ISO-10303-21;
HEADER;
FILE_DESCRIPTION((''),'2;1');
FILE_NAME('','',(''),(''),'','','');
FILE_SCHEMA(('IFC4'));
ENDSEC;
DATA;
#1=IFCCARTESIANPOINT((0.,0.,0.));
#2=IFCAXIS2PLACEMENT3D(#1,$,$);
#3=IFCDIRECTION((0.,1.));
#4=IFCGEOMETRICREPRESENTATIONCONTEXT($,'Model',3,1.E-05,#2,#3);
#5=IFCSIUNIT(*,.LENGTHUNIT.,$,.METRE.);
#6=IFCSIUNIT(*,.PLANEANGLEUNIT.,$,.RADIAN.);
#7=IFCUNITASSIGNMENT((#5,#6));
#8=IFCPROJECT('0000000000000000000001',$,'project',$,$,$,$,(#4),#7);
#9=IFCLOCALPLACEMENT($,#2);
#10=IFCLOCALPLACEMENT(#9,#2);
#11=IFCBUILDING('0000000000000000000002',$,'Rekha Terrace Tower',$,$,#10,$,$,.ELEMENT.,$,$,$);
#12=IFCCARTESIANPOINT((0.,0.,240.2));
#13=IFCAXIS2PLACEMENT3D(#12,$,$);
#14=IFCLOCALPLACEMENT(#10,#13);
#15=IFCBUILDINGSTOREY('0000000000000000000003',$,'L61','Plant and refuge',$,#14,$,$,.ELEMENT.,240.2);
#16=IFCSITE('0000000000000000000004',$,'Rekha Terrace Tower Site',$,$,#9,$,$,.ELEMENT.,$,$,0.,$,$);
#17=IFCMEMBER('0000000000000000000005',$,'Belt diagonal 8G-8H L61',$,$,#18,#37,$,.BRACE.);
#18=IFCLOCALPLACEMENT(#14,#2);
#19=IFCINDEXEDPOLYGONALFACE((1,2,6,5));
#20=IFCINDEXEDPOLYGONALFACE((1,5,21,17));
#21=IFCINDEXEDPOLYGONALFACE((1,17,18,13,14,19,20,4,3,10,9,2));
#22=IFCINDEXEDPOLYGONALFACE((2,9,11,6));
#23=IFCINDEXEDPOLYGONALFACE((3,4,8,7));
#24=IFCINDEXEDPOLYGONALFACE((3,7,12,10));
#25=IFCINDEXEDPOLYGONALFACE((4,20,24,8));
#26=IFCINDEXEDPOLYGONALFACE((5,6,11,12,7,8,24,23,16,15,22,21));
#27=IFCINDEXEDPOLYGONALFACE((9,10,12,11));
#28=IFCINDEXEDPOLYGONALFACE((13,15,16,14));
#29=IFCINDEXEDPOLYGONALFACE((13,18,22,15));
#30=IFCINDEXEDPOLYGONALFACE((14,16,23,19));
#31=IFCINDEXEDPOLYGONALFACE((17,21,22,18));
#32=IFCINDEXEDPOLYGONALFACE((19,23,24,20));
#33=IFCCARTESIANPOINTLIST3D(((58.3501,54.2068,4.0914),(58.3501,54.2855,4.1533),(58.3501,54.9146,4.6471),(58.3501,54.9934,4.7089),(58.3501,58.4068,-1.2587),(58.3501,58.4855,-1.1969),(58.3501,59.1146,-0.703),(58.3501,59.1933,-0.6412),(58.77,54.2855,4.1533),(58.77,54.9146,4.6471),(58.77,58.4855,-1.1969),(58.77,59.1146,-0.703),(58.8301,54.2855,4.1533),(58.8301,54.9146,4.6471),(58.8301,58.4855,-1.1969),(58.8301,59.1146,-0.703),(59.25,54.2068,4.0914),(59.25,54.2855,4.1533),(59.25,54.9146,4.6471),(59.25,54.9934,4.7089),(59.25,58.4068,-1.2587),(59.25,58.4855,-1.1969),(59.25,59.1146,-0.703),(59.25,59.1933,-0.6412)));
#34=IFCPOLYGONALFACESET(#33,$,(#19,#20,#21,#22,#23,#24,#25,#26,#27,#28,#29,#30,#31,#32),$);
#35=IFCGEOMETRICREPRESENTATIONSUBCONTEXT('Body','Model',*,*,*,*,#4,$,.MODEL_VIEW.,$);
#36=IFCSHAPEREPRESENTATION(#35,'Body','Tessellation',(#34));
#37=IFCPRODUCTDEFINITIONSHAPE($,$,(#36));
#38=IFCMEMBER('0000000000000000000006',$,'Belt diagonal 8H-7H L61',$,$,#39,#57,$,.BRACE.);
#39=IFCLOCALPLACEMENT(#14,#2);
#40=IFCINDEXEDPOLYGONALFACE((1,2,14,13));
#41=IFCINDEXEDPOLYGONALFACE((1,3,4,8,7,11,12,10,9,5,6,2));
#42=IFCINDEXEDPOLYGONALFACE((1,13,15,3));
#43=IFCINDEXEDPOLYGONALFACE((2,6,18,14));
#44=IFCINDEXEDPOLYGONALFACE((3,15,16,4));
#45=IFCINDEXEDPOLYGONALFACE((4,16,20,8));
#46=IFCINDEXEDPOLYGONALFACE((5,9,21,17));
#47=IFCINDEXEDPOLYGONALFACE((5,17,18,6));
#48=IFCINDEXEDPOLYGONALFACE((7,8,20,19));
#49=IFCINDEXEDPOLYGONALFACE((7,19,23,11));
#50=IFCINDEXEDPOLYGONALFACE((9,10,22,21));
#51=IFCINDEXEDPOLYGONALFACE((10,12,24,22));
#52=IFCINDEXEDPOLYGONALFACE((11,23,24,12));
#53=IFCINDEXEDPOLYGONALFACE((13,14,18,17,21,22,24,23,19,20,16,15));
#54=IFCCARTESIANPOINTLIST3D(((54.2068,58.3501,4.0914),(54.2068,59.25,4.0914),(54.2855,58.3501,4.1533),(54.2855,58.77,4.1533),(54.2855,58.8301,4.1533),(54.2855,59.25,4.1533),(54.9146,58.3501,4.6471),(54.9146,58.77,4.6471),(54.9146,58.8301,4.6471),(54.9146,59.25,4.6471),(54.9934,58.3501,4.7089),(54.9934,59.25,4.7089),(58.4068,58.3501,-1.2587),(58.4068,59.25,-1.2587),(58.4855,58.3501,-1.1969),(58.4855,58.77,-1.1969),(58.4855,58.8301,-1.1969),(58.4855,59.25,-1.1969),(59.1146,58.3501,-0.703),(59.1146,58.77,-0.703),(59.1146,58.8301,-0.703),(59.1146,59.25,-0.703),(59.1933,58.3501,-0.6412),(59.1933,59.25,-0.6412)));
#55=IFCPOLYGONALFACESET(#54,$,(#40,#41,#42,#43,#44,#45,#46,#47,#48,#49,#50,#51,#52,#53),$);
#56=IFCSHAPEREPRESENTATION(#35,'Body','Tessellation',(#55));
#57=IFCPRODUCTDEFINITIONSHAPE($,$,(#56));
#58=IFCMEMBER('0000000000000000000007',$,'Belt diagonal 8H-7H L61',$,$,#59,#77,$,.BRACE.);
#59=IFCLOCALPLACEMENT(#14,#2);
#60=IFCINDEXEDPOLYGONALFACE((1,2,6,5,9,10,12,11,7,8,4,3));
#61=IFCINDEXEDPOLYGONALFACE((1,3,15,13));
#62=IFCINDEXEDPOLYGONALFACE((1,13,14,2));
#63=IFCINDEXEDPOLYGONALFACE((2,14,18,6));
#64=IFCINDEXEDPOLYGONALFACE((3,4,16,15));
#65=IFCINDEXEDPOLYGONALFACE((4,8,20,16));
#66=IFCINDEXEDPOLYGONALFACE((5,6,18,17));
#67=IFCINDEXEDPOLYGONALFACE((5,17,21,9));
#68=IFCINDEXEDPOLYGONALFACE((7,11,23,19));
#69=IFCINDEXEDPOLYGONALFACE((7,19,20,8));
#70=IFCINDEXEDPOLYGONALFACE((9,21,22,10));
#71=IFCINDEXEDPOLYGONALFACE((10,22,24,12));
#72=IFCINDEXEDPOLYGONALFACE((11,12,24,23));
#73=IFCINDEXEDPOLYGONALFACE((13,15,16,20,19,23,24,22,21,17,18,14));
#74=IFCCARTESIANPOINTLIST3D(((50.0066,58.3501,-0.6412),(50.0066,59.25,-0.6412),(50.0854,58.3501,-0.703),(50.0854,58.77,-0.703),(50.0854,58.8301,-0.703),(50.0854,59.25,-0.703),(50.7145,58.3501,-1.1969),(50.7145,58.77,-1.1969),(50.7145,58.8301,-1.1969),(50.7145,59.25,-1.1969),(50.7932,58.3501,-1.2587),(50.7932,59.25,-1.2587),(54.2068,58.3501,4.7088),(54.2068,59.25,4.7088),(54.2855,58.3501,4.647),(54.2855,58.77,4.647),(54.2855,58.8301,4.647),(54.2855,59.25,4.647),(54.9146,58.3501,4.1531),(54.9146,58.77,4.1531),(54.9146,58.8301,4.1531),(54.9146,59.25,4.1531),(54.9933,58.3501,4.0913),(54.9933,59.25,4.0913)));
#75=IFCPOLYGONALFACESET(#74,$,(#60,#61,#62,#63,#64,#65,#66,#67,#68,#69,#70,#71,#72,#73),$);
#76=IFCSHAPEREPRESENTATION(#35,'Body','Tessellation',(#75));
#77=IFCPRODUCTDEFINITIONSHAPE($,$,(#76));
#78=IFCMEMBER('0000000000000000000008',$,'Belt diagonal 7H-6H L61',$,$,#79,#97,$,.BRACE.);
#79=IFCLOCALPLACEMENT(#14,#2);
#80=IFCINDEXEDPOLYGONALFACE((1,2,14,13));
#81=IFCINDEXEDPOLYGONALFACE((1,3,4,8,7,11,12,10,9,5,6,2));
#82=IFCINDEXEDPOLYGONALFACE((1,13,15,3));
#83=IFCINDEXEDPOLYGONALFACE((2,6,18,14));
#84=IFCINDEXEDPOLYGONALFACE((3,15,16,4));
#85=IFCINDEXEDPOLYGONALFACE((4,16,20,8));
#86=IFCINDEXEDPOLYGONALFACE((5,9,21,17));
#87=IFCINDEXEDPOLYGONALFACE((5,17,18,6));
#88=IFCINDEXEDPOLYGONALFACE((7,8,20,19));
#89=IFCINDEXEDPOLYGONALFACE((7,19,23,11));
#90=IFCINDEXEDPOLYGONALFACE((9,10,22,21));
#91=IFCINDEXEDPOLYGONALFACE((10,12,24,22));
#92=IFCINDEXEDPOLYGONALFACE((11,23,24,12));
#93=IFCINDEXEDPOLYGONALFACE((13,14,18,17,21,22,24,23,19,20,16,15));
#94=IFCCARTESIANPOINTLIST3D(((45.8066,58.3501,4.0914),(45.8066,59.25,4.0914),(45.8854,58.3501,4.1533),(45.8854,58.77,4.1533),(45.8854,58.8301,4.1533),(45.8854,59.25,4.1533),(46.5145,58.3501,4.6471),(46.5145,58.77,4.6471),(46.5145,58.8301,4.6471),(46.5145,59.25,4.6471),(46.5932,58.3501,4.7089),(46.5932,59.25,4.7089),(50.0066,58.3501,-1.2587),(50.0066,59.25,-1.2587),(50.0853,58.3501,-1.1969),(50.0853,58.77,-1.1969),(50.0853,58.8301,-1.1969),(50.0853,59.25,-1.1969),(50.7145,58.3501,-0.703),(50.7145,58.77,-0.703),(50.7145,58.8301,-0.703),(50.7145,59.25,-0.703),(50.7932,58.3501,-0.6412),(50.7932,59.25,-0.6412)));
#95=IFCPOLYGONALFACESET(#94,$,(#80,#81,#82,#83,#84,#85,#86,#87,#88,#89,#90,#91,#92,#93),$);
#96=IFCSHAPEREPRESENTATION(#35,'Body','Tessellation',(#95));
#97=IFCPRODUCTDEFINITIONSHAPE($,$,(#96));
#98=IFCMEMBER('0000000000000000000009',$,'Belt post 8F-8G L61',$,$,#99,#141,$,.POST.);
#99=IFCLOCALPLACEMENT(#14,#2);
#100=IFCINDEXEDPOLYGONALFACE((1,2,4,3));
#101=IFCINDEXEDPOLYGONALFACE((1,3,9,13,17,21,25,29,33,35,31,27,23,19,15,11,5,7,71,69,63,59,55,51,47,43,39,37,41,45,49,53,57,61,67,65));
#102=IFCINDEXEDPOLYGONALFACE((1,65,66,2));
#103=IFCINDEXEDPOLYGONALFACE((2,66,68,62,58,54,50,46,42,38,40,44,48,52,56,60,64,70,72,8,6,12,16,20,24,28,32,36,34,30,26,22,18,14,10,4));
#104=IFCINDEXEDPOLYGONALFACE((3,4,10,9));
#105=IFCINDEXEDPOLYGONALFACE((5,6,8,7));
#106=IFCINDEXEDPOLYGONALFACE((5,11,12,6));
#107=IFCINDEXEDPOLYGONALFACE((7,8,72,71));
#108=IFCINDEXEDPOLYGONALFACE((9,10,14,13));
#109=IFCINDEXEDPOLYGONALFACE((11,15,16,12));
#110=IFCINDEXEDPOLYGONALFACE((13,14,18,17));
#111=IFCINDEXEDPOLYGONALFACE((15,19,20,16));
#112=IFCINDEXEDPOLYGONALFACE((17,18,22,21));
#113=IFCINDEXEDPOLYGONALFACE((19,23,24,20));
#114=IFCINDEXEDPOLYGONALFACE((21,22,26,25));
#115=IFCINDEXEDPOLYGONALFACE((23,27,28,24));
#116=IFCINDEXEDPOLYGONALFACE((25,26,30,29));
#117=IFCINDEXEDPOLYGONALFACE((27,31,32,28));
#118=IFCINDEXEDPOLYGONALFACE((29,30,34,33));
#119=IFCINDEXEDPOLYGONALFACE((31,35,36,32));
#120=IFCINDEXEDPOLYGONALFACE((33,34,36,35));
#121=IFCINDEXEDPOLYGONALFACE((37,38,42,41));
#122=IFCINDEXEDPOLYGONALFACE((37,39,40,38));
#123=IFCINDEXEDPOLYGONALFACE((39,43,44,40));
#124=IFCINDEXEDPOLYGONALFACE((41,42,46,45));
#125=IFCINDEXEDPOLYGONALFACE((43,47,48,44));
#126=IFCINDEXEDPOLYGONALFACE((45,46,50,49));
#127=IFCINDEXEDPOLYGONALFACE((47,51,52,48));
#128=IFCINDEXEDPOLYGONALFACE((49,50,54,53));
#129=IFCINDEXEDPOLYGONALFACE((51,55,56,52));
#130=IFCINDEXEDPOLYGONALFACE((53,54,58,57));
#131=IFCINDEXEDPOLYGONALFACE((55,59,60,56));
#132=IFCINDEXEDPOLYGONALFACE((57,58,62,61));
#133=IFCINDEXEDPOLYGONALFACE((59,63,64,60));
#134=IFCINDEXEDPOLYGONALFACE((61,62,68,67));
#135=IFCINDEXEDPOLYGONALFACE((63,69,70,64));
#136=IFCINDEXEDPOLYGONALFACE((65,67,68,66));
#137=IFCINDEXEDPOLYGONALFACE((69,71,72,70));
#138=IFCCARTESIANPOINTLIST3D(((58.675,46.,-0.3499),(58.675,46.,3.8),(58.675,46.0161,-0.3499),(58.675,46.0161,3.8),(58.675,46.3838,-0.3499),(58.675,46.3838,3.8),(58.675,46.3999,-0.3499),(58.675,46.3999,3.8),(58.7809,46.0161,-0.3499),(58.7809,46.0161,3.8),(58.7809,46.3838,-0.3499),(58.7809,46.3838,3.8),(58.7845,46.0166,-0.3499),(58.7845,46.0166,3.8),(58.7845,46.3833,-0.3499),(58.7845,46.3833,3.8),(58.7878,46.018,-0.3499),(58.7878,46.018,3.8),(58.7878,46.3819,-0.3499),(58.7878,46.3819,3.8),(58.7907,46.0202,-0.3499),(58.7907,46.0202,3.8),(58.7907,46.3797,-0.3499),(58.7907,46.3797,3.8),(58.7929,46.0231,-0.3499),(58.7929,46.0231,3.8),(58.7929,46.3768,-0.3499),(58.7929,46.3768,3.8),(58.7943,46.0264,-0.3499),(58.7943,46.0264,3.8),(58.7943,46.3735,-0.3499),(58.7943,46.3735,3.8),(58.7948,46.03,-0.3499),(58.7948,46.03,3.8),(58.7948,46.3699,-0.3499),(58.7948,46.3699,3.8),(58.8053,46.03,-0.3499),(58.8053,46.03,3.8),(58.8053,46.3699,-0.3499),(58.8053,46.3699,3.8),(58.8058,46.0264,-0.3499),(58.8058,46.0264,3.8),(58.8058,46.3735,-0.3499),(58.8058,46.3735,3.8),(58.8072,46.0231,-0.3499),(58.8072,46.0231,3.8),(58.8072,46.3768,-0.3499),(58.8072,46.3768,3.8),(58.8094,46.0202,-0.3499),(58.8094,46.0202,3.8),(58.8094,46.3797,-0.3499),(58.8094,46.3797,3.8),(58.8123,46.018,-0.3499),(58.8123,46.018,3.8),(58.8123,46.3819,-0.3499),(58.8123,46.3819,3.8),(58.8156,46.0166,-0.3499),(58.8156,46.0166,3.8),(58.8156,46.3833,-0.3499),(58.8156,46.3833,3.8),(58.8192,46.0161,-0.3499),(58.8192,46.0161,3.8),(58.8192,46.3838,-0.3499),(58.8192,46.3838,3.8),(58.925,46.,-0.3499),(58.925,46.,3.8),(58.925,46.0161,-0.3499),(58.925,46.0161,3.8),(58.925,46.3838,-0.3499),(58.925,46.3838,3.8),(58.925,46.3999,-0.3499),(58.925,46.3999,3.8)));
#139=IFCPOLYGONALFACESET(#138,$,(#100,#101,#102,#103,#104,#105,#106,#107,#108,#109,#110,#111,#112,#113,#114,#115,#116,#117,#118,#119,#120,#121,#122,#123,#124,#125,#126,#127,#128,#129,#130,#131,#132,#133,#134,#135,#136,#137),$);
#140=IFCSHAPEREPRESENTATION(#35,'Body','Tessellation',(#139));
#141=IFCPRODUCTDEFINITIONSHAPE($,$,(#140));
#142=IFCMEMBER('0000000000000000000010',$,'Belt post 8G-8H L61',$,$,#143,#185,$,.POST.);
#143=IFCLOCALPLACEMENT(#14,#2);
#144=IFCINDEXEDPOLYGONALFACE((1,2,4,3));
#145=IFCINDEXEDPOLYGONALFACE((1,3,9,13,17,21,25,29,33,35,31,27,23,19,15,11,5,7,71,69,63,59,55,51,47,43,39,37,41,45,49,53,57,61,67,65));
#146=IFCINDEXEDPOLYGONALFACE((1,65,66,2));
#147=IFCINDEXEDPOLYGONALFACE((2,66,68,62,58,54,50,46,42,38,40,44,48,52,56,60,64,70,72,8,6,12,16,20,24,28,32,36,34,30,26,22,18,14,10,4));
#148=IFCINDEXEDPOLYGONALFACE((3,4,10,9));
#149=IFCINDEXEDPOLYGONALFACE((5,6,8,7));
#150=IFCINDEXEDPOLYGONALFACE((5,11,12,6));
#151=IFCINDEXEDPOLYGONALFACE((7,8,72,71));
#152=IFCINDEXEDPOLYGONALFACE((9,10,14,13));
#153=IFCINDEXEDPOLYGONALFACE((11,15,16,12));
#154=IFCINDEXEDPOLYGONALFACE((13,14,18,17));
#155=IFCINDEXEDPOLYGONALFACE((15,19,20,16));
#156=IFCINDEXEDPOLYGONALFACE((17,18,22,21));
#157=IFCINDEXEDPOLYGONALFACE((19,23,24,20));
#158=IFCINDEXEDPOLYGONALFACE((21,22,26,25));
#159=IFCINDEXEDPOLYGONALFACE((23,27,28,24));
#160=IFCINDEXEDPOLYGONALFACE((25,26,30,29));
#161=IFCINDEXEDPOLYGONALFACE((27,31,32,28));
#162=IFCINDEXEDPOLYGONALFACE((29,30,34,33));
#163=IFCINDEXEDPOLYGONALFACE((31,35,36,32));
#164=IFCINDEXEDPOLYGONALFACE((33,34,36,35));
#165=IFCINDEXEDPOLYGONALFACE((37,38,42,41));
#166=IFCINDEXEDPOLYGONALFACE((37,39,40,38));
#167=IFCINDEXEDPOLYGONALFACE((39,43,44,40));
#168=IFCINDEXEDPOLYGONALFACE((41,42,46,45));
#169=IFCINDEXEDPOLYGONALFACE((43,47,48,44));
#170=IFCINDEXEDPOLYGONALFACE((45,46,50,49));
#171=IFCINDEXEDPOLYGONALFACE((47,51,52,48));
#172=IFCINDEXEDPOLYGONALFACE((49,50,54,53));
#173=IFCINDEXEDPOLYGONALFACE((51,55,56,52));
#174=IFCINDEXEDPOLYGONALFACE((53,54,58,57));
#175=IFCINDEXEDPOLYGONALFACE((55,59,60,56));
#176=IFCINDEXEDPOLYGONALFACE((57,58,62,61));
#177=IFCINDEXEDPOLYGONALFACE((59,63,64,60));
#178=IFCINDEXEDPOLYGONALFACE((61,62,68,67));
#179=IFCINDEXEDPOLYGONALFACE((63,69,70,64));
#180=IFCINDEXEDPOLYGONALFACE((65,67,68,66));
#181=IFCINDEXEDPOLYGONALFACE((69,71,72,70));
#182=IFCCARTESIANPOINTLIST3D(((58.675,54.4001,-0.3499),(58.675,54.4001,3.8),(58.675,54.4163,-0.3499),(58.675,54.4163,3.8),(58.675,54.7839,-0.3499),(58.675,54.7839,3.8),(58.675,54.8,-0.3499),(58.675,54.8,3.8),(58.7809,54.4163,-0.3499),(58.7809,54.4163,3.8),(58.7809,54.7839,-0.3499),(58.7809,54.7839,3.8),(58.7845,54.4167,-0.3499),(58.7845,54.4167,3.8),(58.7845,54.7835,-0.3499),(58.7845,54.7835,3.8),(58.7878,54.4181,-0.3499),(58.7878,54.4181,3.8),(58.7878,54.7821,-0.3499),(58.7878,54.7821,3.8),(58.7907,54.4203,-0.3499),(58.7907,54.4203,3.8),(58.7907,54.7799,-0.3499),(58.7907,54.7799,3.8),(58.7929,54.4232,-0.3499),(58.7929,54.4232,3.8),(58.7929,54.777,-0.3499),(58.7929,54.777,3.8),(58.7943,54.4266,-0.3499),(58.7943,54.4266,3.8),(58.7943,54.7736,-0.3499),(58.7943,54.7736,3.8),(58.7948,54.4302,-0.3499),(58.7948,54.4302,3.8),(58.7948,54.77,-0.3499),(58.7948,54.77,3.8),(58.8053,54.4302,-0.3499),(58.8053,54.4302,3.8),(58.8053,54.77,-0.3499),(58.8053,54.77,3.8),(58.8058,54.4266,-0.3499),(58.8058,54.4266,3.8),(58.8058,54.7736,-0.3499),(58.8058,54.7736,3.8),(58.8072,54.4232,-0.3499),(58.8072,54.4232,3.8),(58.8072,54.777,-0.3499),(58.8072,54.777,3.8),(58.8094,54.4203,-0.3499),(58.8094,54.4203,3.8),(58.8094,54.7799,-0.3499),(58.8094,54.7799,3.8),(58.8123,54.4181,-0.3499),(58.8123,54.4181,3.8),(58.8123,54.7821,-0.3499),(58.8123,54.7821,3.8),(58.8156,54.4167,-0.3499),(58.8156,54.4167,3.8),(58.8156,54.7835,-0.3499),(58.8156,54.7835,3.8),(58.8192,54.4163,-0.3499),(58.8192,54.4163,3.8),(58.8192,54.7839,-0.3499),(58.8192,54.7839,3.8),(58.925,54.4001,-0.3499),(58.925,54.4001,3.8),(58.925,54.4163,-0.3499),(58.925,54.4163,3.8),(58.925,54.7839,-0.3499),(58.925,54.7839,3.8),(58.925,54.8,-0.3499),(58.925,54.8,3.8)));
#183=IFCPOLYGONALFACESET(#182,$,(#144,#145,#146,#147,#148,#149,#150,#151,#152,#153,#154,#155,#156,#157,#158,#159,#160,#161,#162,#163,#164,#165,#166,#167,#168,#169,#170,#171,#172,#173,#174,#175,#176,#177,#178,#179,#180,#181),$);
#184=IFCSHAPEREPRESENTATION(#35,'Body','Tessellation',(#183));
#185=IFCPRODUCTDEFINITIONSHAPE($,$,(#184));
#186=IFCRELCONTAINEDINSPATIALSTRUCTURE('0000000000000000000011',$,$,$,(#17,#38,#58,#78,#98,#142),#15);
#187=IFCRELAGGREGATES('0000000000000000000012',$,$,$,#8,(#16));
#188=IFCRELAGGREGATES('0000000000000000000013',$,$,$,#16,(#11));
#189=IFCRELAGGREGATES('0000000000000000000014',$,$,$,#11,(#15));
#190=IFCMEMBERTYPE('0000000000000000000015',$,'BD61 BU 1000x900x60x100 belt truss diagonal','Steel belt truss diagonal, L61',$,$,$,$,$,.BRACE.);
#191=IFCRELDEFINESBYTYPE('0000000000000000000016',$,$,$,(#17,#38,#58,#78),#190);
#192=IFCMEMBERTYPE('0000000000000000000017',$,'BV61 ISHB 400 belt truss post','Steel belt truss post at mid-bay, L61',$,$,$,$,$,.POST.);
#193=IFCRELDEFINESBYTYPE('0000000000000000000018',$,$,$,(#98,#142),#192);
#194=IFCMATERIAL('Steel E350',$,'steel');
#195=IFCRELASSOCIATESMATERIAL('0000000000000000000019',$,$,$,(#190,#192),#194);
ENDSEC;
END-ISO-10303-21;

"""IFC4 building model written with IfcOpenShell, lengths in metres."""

from ifc_helpers import new_model, si_unit, direction, frame, origin, origin_2d, place, context, subcontext, project, spatial, i_section, extrude, material, material_profile, profile_set, type_object, element, save


model = new_model("IFC4")

# Units and contexts
model_context = context("Model", 3, precision=1e-05, world=origin(), true_north=direction((0.0, 1.0)))
body_context = subcontext(model_context, "Body", "Model", "MODEL_VIEW")
ifc_project = project(units=[si_unit("LENGTHUNIT", "METRE"), si_unit("PLANEANGLEUNIT", "RADIAN")], contexts=[model_context])

# Site, building, storey
site_placement = place(None, origin())
site = spatial("IfcSite", under=ifc_project, at=site_placement, Name="Rekha Terrace Tower Site", CompositionType="ELEMENT", RefElevation=0.0)
building_placement = place(site_placement, origin())
building = spatial("IfcBuilding", under=site, at=building_placement, Name="Rekha Terrace Tower", CompositionType="ELEMENT")
storey_placement = place(building_placement, frame((0.0, 0.0, 240.2)))
storey = spatial("IfcBuildingStorey", under=building, at=storey_placement, Name="L61", Description="Plant and refuge", CompositionType="ELEMENT", Elevation=240.2)

# Members
ifc_material_1 = material(Name="Steel E350", Category="steel")
ifc_material_profile_1 = material_profile(ifc_material_1, i_section(OverallWidth=0.8999, OverallDepth=1.0, WebThickness=0.0601, FlangeThickness=0.1001, at=origin_2d()), Name="BU 1000x900x60x100")
ifc_profile_set_1 = profile_set([ifc_material_profile_1], Name="Steel E350")
member_type_1 = type_object("IfcMemberType", Name="BD61 BU 1000x900x60x100 belt truss diagonal", Description="Steel belt truss diagonal, L61", PredefinedType="BRACE", material=ifc_profile_set_1)
for number, where, z_axis, x_axis, name in (
    (1, (58.8, 58.8, -0.95), (0.0, -0.617485, 0.786582), (1.0, 0.0, 0.0), "Belt diagonal 8G-8H L61"),
    (2, (58.8, 58.8, -0.95), (-0.617485, 0.0, 0.786582), (0.0, -1.0, 0.0), "Belt diagonal 8H-7H L61"),
    (3, (50.3999, 58.8, -0.95), (0.617508, 0.0, 0.786565), (0.0, 1.0, 0.0), "Belt diagonal 8H-7H L61"),
    (4, (50.3999, 58.8, -0.95), (-0.617485, 0.0, 0.786582), (0.0, -1.0, 0.0), "Belt diagonal 7H-6H L61"),
):
    element("IfcMember", number, at=place(storey_placement, frame(where, z_axis=z_axis, x_axis=x_axis)), inside=storey, type_object=member_type_1, Name=name, PredefinedType="BRACE", context=body_context, shape_type="SweptSolid", body=[
        extrude(i_section(OverallWidth=0.8999, OverallDepth=1.0, WebThickness=0.0601, FlangeThickness=0.1001, at=origin_2d()), origin(), (0.0, 0.0, 1.0), 6.8018),
    ])
ifc_material_profile_2 = material_profile(ifc_material_1, i_section(OverallWidth=0.25, OverallDepth=0.3999, WebThickness=0.0105, FlangeThickness=0.0161, FilletRadius=0.0139, at=origin_2d()), Name="ISHB 400")
ifc_profile_set_2 = profile_set([ifc_material_profile_2], Name="Steel E350")
member_type_2 = type_object("IfcMemberType", Name="BV61 ISHB 400 belt truss post", Description="Steel belt truss post at mid-bay, L61", PredefinedType="POST", material=ifc_profile_set_2)
for number, where, z_axis, x_axis, name in (
    (5, (58.8, 46.2, -0.3499), (0.0, 0.0, 1.0), (1.0, 0.0, 0.0), "Belt post 8F-8G L61"),
    (6, (58.8, 54.6001, -0.3499), (0.0, 0.0, 1.0), (1.0, 0.0, 0.0), "Belt post 8G-8H L61"),
):
    element("IfcMember", number, at=place(storey_placement, frame(where, z_axis=z_axis, x_axis=x_axis)), inside=storey, type_object=member_type_2, Name=name, PredefinedType="POST", context=body_context, shape_type="SweptSolid", body=[
        extrude(i_section(OverallWidth=0.25, OverallDepth=0.3999, WebThickness=0.0105, FlangeThickness=0.0161, FilletRadius=0.0139, at=origin_2d()), origin(), (0.0, 0.0, 1.0), 4.1499),
    ])

save(model, "model.ifc")
